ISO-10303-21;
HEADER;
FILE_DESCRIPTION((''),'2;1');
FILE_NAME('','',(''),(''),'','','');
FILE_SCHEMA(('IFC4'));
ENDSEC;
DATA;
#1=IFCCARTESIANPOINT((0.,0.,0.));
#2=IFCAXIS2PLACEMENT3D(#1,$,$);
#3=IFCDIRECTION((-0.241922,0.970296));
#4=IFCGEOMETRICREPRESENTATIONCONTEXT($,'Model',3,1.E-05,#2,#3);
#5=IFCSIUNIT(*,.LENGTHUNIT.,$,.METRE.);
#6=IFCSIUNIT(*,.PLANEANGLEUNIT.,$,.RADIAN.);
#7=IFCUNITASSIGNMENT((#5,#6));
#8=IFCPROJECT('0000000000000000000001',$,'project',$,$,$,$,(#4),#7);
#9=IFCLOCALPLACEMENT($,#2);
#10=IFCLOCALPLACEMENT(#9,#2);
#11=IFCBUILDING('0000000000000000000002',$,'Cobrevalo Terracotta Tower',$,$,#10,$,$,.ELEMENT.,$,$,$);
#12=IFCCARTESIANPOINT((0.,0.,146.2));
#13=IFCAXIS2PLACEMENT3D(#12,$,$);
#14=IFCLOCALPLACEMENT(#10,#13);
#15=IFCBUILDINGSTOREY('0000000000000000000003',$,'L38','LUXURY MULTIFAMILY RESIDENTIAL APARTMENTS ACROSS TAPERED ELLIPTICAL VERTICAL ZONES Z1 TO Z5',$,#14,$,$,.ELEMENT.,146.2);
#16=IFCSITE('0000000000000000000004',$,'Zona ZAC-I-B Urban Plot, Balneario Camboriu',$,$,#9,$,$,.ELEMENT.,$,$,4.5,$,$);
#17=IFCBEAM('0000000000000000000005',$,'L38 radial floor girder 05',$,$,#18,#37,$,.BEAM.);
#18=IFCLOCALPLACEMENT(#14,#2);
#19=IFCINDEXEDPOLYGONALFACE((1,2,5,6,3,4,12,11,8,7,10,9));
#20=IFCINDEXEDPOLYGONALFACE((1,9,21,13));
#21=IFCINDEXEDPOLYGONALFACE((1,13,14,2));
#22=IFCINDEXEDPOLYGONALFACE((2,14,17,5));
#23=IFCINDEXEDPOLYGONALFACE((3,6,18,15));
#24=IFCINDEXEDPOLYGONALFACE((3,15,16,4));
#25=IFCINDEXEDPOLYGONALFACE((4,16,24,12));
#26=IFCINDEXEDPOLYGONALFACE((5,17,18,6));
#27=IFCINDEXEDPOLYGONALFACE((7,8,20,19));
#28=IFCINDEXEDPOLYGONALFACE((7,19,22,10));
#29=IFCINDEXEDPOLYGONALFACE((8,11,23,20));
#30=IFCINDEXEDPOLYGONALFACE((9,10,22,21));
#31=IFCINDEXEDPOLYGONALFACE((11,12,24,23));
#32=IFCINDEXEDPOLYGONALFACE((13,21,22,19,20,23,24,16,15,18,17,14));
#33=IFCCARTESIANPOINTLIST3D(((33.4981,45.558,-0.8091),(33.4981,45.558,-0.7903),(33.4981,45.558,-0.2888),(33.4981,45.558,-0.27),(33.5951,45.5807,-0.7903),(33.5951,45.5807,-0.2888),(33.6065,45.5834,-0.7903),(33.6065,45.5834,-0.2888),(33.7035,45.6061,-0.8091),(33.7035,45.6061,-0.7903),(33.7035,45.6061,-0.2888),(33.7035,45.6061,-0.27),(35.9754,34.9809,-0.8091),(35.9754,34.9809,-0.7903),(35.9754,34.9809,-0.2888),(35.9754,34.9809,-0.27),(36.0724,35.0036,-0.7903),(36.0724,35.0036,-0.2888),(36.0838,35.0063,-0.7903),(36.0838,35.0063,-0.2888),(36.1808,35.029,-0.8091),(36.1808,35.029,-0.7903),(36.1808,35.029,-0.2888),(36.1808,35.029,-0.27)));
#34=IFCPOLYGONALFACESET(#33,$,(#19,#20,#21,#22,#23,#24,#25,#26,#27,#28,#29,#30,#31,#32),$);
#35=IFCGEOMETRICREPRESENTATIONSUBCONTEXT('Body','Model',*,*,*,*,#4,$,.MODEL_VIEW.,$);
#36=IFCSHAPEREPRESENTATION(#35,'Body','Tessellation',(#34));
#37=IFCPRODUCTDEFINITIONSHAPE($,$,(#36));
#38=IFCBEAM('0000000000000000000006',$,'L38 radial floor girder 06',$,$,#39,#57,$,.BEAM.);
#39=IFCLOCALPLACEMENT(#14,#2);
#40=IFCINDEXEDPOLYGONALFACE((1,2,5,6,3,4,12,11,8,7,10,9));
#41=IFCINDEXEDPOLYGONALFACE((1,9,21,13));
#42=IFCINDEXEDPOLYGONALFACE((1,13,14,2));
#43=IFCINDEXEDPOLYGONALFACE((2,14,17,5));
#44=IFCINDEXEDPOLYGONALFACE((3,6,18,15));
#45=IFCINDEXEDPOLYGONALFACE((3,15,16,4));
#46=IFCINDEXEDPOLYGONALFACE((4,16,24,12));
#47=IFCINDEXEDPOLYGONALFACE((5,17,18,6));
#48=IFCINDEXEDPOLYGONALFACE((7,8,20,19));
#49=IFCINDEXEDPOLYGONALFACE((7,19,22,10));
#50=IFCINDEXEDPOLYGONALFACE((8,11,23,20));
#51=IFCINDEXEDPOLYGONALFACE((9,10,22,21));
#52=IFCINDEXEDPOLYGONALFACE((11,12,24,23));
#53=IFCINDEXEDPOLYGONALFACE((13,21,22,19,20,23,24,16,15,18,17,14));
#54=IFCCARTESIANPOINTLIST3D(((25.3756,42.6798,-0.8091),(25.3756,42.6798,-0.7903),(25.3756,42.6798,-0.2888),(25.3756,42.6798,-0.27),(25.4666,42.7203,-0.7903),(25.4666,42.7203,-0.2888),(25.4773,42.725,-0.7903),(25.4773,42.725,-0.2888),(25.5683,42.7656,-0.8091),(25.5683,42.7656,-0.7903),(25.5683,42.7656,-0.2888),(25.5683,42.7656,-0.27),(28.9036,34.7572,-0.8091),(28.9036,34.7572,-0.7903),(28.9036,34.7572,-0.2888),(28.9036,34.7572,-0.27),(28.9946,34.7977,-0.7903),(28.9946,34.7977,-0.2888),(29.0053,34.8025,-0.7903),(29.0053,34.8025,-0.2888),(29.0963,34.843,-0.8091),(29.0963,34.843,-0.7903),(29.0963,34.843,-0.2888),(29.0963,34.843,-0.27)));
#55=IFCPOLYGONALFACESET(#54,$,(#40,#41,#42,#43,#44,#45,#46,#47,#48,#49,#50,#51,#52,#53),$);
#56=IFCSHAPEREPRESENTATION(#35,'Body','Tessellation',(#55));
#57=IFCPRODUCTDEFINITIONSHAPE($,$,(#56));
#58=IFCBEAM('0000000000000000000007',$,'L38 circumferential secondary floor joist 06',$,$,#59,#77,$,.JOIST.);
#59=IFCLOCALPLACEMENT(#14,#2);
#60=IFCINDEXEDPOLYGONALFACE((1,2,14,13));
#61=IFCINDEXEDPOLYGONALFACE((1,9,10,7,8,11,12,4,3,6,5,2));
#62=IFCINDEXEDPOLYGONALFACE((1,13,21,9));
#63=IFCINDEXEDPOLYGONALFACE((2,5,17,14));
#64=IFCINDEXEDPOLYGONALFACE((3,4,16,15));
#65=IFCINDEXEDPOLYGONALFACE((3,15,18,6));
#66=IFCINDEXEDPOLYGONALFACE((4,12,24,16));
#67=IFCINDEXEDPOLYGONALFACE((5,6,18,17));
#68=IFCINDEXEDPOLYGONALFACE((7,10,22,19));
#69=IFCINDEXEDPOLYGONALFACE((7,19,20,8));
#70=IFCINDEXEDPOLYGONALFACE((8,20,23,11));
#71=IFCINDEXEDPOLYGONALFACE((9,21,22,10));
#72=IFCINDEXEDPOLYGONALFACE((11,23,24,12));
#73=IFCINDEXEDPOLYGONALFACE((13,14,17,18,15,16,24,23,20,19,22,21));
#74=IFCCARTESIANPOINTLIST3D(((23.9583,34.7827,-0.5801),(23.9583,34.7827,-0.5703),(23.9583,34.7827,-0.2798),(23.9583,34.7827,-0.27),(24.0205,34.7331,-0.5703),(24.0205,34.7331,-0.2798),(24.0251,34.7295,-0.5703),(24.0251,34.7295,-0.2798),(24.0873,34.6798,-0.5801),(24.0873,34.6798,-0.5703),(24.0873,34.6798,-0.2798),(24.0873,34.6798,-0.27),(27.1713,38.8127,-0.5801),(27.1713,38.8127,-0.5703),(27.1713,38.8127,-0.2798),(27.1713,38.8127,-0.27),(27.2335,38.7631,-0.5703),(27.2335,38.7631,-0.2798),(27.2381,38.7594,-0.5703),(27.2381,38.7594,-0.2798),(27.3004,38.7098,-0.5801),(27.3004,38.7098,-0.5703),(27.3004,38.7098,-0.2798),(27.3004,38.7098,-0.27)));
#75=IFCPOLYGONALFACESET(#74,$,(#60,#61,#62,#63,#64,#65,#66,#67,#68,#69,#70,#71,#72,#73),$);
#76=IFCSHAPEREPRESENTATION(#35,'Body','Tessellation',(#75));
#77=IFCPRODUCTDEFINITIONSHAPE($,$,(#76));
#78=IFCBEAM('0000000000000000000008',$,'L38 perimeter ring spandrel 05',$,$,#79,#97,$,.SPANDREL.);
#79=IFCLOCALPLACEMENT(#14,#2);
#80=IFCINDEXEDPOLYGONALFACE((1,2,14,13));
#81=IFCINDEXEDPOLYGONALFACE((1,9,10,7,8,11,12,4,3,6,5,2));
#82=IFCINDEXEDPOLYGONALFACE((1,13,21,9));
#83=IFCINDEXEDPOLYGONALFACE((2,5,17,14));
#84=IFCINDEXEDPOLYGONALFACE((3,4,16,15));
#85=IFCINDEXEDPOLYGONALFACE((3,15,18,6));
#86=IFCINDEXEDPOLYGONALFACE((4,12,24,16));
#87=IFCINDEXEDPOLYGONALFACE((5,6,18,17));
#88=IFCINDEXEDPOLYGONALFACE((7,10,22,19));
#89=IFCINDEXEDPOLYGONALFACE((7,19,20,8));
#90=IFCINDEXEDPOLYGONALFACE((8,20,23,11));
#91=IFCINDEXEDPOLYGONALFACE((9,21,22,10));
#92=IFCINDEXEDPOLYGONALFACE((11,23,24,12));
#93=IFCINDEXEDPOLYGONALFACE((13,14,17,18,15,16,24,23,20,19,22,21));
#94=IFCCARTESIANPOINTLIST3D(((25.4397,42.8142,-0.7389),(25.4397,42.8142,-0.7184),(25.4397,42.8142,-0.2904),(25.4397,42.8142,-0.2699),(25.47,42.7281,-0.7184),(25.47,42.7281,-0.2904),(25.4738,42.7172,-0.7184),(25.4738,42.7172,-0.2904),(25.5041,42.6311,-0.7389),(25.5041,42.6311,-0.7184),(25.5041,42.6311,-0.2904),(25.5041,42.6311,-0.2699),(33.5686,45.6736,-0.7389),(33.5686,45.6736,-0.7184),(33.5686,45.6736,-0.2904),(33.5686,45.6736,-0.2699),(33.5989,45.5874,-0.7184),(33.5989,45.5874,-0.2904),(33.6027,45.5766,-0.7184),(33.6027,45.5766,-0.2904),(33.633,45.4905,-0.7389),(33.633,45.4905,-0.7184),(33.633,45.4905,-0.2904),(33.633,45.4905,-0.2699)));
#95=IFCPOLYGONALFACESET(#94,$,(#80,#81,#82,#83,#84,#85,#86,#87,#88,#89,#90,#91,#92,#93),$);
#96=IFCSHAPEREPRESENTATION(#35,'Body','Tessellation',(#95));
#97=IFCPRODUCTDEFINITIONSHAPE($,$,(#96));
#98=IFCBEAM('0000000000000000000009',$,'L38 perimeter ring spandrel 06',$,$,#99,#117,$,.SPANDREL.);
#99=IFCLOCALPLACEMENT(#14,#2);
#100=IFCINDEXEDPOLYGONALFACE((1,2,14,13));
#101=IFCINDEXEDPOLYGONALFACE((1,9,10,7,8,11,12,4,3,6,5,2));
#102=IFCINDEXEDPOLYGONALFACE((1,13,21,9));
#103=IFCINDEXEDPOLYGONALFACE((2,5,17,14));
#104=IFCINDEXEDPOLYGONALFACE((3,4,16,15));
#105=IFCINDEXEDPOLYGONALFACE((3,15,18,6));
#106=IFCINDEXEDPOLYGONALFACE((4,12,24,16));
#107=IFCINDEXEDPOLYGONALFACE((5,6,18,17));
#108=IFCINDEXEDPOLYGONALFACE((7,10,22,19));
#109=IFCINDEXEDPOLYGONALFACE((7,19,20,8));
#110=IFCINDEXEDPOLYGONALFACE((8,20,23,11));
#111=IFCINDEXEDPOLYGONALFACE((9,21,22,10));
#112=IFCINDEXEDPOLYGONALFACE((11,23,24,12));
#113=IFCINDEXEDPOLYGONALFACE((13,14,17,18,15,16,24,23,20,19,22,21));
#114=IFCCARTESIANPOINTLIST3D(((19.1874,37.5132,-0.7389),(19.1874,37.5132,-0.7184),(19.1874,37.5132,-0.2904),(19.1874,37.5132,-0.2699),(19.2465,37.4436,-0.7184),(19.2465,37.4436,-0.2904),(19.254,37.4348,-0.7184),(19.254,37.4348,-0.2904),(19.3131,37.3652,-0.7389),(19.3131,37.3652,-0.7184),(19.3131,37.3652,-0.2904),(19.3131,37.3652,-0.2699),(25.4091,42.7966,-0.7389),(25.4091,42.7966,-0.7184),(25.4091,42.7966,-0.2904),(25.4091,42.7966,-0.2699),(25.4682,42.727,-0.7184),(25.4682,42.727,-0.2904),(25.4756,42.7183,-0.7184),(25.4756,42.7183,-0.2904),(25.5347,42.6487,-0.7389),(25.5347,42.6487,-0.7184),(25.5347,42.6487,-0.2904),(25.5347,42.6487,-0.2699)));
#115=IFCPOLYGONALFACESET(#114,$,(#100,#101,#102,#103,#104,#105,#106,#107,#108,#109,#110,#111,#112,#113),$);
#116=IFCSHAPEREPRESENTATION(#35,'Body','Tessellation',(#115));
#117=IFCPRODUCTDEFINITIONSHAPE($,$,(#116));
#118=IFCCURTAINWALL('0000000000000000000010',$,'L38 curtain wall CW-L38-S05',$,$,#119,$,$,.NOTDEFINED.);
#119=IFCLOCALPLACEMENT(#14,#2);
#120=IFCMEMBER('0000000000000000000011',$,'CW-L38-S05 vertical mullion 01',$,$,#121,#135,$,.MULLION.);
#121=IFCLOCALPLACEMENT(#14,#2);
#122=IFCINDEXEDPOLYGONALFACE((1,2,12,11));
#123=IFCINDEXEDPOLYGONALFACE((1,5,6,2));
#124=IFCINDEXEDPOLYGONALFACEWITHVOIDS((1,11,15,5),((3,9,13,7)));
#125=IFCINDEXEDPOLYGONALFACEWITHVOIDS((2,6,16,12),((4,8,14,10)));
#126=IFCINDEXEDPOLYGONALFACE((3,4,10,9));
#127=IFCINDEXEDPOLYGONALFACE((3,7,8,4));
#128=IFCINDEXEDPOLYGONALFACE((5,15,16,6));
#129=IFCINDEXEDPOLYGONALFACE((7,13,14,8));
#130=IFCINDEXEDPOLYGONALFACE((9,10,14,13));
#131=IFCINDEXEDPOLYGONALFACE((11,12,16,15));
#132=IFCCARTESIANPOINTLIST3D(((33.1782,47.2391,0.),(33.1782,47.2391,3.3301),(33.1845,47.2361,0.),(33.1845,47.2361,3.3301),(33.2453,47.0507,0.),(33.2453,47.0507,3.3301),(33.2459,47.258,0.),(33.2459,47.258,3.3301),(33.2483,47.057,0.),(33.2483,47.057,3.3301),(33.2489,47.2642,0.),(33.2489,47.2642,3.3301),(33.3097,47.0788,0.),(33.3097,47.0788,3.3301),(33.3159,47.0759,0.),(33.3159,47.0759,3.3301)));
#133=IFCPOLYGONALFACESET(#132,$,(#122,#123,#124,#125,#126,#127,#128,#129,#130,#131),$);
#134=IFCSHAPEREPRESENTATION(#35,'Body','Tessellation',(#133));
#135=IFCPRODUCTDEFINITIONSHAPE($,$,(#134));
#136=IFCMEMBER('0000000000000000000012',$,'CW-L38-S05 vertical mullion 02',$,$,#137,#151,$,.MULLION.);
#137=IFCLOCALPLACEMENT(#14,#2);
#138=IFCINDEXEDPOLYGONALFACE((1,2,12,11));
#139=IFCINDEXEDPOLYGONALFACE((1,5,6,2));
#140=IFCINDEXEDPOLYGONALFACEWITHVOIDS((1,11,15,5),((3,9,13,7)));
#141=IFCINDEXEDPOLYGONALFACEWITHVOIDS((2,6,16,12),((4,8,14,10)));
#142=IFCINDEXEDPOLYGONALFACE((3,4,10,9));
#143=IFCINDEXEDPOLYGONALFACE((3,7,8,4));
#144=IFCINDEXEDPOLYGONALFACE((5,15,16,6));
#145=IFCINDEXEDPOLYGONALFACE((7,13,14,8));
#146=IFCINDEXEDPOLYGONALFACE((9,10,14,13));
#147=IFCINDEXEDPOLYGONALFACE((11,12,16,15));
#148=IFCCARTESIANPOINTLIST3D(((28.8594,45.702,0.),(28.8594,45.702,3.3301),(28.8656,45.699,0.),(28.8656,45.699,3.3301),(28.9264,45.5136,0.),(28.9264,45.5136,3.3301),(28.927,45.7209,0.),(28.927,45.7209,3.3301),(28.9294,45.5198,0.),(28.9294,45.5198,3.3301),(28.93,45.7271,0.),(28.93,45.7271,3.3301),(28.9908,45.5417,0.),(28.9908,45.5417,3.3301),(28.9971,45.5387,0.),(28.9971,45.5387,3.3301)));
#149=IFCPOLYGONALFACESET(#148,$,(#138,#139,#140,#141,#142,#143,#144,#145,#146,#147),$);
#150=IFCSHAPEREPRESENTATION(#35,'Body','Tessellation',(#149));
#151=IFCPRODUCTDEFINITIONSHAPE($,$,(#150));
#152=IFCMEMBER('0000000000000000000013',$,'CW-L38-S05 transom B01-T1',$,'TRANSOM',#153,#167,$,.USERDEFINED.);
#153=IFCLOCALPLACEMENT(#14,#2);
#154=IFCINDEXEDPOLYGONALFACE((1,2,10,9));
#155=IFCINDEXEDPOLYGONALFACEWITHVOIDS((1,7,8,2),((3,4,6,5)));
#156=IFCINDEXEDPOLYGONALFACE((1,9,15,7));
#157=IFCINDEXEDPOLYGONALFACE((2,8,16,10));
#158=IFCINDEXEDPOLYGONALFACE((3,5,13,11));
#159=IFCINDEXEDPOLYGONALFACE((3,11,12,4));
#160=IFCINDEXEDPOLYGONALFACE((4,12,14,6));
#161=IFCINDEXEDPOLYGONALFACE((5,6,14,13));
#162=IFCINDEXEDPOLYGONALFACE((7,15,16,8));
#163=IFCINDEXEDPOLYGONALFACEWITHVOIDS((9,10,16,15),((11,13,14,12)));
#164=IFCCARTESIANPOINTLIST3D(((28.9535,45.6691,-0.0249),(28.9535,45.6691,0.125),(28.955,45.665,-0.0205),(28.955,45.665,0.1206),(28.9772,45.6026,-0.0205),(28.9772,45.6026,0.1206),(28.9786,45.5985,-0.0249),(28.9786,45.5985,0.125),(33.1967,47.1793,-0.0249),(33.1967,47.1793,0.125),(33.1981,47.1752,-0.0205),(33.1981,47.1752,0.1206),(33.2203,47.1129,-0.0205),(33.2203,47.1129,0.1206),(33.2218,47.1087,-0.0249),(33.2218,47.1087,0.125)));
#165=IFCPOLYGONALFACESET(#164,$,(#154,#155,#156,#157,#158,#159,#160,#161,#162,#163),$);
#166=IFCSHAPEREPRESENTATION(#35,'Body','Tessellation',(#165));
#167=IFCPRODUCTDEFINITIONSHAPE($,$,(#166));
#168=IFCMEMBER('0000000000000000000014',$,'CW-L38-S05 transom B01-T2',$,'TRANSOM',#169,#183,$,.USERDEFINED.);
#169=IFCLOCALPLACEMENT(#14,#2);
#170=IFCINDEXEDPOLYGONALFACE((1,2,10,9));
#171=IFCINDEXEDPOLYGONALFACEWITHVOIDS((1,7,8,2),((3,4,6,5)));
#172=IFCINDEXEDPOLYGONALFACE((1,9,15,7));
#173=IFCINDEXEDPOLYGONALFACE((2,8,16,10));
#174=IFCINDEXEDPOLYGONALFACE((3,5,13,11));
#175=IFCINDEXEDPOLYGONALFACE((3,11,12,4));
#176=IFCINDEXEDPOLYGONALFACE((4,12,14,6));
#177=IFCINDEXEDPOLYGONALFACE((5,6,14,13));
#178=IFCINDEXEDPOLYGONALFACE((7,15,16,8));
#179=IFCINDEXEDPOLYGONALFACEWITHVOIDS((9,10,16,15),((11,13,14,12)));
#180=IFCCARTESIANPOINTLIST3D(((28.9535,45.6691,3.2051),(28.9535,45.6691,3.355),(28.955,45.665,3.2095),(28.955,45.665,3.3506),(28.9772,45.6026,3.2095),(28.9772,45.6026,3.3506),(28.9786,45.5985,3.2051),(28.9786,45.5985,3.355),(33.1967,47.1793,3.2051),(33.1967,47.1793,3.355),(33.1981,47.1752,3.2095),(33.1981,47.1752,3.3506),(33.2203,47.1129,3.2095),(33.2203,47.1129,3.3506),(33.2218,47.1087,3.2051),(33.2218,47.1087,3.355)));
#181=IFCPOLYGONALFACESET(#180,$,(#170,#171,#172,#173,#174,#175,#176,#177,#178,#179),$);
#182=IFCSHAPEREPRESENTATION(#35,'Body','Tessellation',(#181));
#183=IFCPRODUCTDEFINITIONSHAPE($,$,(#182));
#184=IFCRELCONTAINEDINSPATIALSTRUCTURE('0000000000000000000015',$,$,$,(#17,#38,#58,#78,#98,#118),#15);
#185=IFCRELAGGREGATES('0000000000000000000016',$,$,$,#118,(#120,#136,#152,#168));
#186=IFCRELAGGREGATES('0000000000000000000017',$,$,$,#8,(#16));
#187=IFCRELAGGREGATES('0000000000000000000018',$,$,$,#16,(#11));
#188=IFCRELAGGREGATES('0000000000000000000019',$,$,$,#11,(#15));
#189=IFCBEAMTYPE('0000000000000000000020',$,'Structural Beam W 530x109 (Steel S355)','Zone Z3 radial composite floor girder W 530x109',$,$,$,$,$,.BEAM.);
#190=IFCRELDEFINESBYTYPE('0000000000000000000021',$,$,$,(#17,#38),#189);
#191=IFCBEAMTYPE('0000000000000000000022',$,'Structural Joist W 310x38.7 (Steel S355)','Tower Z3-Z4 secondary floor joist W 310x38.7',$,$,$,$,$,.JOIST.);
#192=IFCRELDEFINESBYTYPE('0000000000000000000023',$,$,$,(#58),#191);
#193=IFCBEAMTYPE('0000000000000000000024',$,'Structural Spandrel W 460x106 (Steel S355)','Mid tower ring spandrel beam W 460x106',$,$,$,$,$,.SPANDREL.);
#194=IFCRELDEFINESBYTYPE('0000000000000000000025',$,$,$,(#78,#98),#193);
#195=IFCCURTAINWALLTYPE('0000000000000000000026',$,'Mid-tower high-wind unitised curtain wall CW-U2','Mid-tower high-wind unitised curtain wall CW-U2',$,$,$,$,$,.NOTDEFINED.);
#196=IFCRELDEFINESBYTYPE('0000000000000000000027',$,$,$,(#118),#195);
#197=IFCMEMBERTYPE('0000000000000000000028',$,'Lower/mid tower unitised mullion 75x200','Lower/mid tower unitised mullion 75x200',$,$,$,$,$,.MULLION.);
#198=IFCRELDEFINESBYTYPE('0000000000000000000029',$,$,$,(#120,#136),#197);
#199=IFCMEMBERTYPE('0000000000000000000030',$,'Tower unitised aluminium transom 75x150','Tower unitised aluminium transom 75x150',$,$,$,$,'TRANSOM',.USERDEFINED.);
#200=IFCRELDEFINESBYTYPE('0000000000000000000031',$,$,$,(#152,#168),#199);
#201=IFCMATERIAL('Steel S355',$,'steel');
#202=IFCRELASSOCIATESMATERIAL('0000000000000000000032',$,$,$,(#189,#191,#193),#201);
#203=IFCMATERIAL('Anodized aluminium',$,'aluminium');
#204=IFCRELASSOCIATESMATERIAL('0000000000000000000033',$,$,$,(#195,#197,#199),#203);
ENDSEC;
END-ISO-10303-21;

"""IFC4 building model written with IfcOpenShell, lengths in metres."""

from ifc_helpers import new_model, si_unit, direction, frame, origin, origin_2d, place, context, subcontext, project, spatial, hollow_rectangle, i_section, extrude, source, transform, mapped, material, material_profile, profile_set, type_object, element, aggregate, save


model = new_model("IFC4")

# Units and contexts
model_context = context("Model", 3, precision=1e-05, world=origin(), true_north=direction((-0.241922, 0.970296)))
body_context = subcontext(model_context, "Body", "Model", "MODEL_VIEW")
ifc_project = project(units=[si_unit("LENGTHUNIT", "METRE"), si_unit("PLANEANGLEUNIT", "RADIAN")], contexts=[model_context])

# Site, building, storey
site_placement = place(None, origin())
site = spatial("IfcSite", under=ifc_project, at=site_placement, Name="Zona ZAC-I-B Urban Plot, Balneario Camboriu", CompositionType="ELEMENT", RefElevation=4.5)
building_placement = place(site_placement, origin())
building = spatial("IfcBuilding", under=site, at=building_placement, Name="Cobrevalo Terracotta Tower", CompositionType="ELEMENT")
storey_placement = place(building_placement, frame((0.0, 0.0, 146.2)))
storey = spatial("IfcBuildingStorey", under=building, at=storey_placement, Name="L38", Description="LUXURY MULTIFAMILY RESIDENTIAL APARTMENTS ACROSS TAPERED ELLIPTICAL VERTICAL ZONES Z1 TO Z5", CompositionType="ELEMENT", Elevation=146.2)

# Shared definitions
ifc_material_1 = material(Name="Steel S355", Category="steel")

# Beams
ifc_material_profile_1 = material_profile(ifc_material_1, i_section(OverallWidth=0.2109, OverallDepth=0.5391, WebThickness=0.0117, FlangeThickness=0.0188, at=origin_2d()), Name="W 530x109")
ifc_profile_set_1 = profile_set([ifc_material_profile_1], Name="Steel S355")
beam_type_1 = type_object("IfcBeamType", Name="Structural Beam W 530x109 (Steel S355)", Description="Zone Z3 radial composite floor girder W 530x109", PredefinedType="BEAM", material=ifc_profile_set_1)
beam_1_placement = place(storey_placement, frame((33.6008, 45.582, -0.5396), z_axis=(0.228041, -0.973652, 0.0), x_axis=(0.973652, 0.228041, 0.0)))
element("IfcBeam", 1, at=beam_1_placement, inside=storey, type_object=beam_type_1, Name="L38 radial floor girder 05", PredefinedType="BEAM", context=body_context, shape_type="SweptSolid", body=[
    extrude(i_section(OverallWidth=0.2109, OverallDepth=0.5391, WebThickness=0.0117, FlangeThickness=0.0188, at=origin_2d()), origin(), (0.0, 0.0, 1.0), 10.8633),
])
beam_2_placement = place(storey_placement, frame((25.4719, 42.7227, -0.5396), z_axis=(0.406804, -0.913515, 0.0), x_axis=(0.913515, 0.406804, 0.0)))
element("IfcBeam", 2, at=beam_2_placement, inside=storey, type_object=beam_type_1, Name="L38 radial floor girder 06", PredefinedType="BEAM", context=body_context, shape_type="SweptSolid", body=[
    extrude(i_section(OverallWidth=0.2109, OverallDepth=0.5391, WebThickness=0.0117, FlangeThickness=0.0188, at=origin_2d()), origin(), (0.0, 0.0, 1.0), 8.6726),
])
ifc_material_profile_2 = material_profile(ifc_material_1, i_section(OverallWidth=0.165, OverallDepth=0.3101, WebThickness=0.0059, FlangeThickness=0.0098, at=origin_2d()), Name="W 310x38.7")
ifc_profile_set_2 = profile_set([ifc_material_profile_2], Name="Steel S355")
beam_type_2 = type_object("IfcBeamType", Name="Structural Joist W 310x38.7 (Steel S355)", Description="Tower Z3-Z4 secondary floor joist W 310x38.7", PredefinedType="JOIST", material=ifc_profile_set_2)
beam_3_placement = place(storey_placement, frame((27.2358, 38.7612, -0.425), z_axis=(-0.623406, -0.781898, 0.0), x_axis=(0.781898, -0.623406, 0.0)))
element("IfcBeam", 3, at=beam_3_placement, inside=storey, type_object=beam_type_2, Name="L38 circumferential secondary floor joist 06", PredefinedType="JOIST", context=body_context, shape_type="SweptSolid", body=[
    extrude(i_section(OverallWidth=0.165, OverallDepth=0.3101, WebThickness=0.0059, FlangeThickness=0.0098, at=origin_2d()), origin(), (0.0, 0.0, 1.0), 5.1541),
])
ifc_material_profile_3 = material_profile(ifc_material_1, i_section(OverallWidth=0.1941, OverallDepth=0.469, WebThickness=0.0115, FlangeThickness=0.0205, at=origin_2d()), Name="W 460x106")
ifc_profile_set_3 = profile_set([ifc_material_profile_3], Name="Steel S355")
beam_type_3 = type_object("IfcBeamType", Name="Structural Spandrel W 460x106 (Steel S355)", Description="Mid tower ring spandrel beam W 460x106", PredefinedType="SPANDREL", material=ifc_profile_set_3)
beam_4_placement = place(storey_placement, frame((33.6008, 45.582, -0.5044), z_axis=(-0.943341, -0.331824, 0.0), x_axis=(0.331824, -0.943341, 0.0)))
element("IfcBeam", 4, at=beam_4_placement, inside=storey, type_object=beam_type_3, Name="L38 perimeter ring spandrel 05", PredefinedType="SPANDREL", context=body_context, shape_type="SweptSolid", body=[
    extrude(i_section(OverallWidth=0.1941, OverallDepth=0.469, WebThickness=0.0115, FlangeThickness=0.0205, at=origin_2d()), origin(), (0.0, 0.0, 1.0), 8.6172),
])
beam_5_placement = place(storey_placement, frame((25.4719, 42.7227, -0.5044), z_axis=(-0.76224, -0.647294, 0.0), x_axis=(0.647294, -0.76224, 0.0)))
element("IfcBeam", 5, at=beam_5_placement, inside=storey, type_object=beam_type_3, Name="L38 perimeter ring spandrel 06", PredefinedType="SPANDREL", context=body_context, shape_type="SweptSolid", body=[
    extrude(i_section(OverallWidth=0.1941, OverallDepth=0.469, WebThickness=0.0115, FlangeThickness=0.0205, at=origin_2d()), origin(), (0.0, 0.0, 1.0), 8.1624),
])

# Curtain wall, members
ifc_material_2 = material(Name="Anodized aluminium", Category="aluminium")
curtain_wall_type = type_object("IfcCurtainWallType", Name="Mid-tower high-wind unitised curtain wall CW-U2", Description="Mid-tower high-wind unitised curtain wall CW-U2", PredefinedType="NOTDEFINED", material=ifc_material_2)
curtain_wall_placement = place(storey_placement, origin())
curtain_wall = element("IfcCurtainWall", 6, at=curtain_wall_placement, inside=storey, type_object=curtain_wall_type, Name="L38 curtain wall CW-L38-S05", PredefinedType="NOTDEFINED")
ifc_material_profile_4 = material_profile(ifc_material_2, hollow_rectangle(XDim=0.075, YDim=0.2, WallThickness=0.0049, at=origin_2d()), Name="CWM 75x200")
ifc_profile_set_4 = profile_set([ifc_material_profile_4], Name="Anodized aluminium")
member_type_1 = type_object("IfcMemberType", Name="Lower/mid tower unitised mullion 75x200", Description="Lower/mid tower unitised mullion 75x200", PredefinedType="MULLION", material=ifc_profile_set_4)
shared_shape_1 = source(origin(), body_context, "Body", "SweptSolid", [
    extrude(hollow_rectangle(XDim=0.075, YDim=0.2, WallThickness=0.0049, at=origin_2d()), origin(), (0.0, 0.0, 1.0), 3.3301),
])
member_1_placement = place(storey_placement, frame((33.2471, 47.1575, 0.0), z_axis=(0.0, 0.0, 1.0), x_axis=(-0.942098, -0.335336, 0.0)))
member_1 = element("IfcMember", 7, at=member_1_placement, type_object=member_type_1, Name="CW-L38-S05 vertical mullion 01", PredefinedType="MULLION", context=body_context, shape_type="MappedRepresentation", body=[
    mapped(shared_shape_1, transform((0.0, 0.0, 0.0), scale=1.0)),
])
member_2_placement = place(storey_placement, frame((28.9282, 45.6204, 0.0), z_axis=(0.0, 0.0, 1.0), x_axis=(-0.942098, -0.335336, 0.0)))
member_2 = element("IfcMember", 8, at=member_2_placement, type_object=member_type_1, Name="CW-L38-S05 vertical mullion 02", PredefinedType="MULLION", context=body_context, shape_type="MappedRepresentation", body=[
    mapped(shared_shape_1, transform((0.0, 0.0, 0.0), scale=1.0)),
])
ifc_material_profile_5 = material_profile(ifc_material_2, hollow_rectangle(XDim=0.075, YDim=0.1499, WallThickness=0.0044, at=origin_2d()), Name="CWT 75x150")
ifc_profile_set_5 = profile_set([ifc_material_profile_5], Name="Anodized aluminium")
member_type_2 = type_object("IfcMemberType", Name="Tower unitised aluminium transom 75x150", Description="Tower unitised aluminium transom 75x150", ElementType="TRANSOM", PredefinedType="USERDEFINED", material=ifc_profile_set_5)
shared_shape_2 = source(origin(), body_context, "Body", "SweptSolid", [
    extrude(hollow_rectangle(XDim=0.075, YDim=0.1499, WallThickness=0.0044, at=origin_2d()), origin(), (0.0, 0.0, 1.0), 4.5039),
])
member_3_placement = place(storey_placement, frame((33.2092, 47.144, 0.05), z_axis=(-0.942104, -0.33532, 0.0), x_axis=(0.33532, -0.942104, 0.0)))
member_3 = element("IfcMember", 9, at=member_3_placement, type_object=member_type_2, Name="CW-L38-S05 transom B01-T1", ObjectType="TRANSOM", PredefinedType="USERDEFINED", context=body_context, shape_type="MappedRepresentation", body=[
    mapped(shared_shape_2, transform((0.0, 0.0, 0.0), scale=1.0)),
])
member_4_placement = place(storey_placement, frame((33.2092, 47.144, 3.28), z_axis=(-0.942104, -0.33532, 0.0), x_axis=(0.33532, -0.942104, 0.0)))
member_4 = element("IfcMember", 10, at=member_4_placement, type_object=member_type_2, Name="CW-L38-S05 transom B01-T2", ObjectType="TRANSOM", PredefinedType="USERDEFINED", context=body_context, shape_type="MappedRepresentation", body=[
    mapped(shared_shape_2, transform((0.0, 0.0, 0.0), scale=1.0)),
])
aggregate(curtain_wall, [member_1, member_2, member_3, member_4])

save(model, "model.ifc")
